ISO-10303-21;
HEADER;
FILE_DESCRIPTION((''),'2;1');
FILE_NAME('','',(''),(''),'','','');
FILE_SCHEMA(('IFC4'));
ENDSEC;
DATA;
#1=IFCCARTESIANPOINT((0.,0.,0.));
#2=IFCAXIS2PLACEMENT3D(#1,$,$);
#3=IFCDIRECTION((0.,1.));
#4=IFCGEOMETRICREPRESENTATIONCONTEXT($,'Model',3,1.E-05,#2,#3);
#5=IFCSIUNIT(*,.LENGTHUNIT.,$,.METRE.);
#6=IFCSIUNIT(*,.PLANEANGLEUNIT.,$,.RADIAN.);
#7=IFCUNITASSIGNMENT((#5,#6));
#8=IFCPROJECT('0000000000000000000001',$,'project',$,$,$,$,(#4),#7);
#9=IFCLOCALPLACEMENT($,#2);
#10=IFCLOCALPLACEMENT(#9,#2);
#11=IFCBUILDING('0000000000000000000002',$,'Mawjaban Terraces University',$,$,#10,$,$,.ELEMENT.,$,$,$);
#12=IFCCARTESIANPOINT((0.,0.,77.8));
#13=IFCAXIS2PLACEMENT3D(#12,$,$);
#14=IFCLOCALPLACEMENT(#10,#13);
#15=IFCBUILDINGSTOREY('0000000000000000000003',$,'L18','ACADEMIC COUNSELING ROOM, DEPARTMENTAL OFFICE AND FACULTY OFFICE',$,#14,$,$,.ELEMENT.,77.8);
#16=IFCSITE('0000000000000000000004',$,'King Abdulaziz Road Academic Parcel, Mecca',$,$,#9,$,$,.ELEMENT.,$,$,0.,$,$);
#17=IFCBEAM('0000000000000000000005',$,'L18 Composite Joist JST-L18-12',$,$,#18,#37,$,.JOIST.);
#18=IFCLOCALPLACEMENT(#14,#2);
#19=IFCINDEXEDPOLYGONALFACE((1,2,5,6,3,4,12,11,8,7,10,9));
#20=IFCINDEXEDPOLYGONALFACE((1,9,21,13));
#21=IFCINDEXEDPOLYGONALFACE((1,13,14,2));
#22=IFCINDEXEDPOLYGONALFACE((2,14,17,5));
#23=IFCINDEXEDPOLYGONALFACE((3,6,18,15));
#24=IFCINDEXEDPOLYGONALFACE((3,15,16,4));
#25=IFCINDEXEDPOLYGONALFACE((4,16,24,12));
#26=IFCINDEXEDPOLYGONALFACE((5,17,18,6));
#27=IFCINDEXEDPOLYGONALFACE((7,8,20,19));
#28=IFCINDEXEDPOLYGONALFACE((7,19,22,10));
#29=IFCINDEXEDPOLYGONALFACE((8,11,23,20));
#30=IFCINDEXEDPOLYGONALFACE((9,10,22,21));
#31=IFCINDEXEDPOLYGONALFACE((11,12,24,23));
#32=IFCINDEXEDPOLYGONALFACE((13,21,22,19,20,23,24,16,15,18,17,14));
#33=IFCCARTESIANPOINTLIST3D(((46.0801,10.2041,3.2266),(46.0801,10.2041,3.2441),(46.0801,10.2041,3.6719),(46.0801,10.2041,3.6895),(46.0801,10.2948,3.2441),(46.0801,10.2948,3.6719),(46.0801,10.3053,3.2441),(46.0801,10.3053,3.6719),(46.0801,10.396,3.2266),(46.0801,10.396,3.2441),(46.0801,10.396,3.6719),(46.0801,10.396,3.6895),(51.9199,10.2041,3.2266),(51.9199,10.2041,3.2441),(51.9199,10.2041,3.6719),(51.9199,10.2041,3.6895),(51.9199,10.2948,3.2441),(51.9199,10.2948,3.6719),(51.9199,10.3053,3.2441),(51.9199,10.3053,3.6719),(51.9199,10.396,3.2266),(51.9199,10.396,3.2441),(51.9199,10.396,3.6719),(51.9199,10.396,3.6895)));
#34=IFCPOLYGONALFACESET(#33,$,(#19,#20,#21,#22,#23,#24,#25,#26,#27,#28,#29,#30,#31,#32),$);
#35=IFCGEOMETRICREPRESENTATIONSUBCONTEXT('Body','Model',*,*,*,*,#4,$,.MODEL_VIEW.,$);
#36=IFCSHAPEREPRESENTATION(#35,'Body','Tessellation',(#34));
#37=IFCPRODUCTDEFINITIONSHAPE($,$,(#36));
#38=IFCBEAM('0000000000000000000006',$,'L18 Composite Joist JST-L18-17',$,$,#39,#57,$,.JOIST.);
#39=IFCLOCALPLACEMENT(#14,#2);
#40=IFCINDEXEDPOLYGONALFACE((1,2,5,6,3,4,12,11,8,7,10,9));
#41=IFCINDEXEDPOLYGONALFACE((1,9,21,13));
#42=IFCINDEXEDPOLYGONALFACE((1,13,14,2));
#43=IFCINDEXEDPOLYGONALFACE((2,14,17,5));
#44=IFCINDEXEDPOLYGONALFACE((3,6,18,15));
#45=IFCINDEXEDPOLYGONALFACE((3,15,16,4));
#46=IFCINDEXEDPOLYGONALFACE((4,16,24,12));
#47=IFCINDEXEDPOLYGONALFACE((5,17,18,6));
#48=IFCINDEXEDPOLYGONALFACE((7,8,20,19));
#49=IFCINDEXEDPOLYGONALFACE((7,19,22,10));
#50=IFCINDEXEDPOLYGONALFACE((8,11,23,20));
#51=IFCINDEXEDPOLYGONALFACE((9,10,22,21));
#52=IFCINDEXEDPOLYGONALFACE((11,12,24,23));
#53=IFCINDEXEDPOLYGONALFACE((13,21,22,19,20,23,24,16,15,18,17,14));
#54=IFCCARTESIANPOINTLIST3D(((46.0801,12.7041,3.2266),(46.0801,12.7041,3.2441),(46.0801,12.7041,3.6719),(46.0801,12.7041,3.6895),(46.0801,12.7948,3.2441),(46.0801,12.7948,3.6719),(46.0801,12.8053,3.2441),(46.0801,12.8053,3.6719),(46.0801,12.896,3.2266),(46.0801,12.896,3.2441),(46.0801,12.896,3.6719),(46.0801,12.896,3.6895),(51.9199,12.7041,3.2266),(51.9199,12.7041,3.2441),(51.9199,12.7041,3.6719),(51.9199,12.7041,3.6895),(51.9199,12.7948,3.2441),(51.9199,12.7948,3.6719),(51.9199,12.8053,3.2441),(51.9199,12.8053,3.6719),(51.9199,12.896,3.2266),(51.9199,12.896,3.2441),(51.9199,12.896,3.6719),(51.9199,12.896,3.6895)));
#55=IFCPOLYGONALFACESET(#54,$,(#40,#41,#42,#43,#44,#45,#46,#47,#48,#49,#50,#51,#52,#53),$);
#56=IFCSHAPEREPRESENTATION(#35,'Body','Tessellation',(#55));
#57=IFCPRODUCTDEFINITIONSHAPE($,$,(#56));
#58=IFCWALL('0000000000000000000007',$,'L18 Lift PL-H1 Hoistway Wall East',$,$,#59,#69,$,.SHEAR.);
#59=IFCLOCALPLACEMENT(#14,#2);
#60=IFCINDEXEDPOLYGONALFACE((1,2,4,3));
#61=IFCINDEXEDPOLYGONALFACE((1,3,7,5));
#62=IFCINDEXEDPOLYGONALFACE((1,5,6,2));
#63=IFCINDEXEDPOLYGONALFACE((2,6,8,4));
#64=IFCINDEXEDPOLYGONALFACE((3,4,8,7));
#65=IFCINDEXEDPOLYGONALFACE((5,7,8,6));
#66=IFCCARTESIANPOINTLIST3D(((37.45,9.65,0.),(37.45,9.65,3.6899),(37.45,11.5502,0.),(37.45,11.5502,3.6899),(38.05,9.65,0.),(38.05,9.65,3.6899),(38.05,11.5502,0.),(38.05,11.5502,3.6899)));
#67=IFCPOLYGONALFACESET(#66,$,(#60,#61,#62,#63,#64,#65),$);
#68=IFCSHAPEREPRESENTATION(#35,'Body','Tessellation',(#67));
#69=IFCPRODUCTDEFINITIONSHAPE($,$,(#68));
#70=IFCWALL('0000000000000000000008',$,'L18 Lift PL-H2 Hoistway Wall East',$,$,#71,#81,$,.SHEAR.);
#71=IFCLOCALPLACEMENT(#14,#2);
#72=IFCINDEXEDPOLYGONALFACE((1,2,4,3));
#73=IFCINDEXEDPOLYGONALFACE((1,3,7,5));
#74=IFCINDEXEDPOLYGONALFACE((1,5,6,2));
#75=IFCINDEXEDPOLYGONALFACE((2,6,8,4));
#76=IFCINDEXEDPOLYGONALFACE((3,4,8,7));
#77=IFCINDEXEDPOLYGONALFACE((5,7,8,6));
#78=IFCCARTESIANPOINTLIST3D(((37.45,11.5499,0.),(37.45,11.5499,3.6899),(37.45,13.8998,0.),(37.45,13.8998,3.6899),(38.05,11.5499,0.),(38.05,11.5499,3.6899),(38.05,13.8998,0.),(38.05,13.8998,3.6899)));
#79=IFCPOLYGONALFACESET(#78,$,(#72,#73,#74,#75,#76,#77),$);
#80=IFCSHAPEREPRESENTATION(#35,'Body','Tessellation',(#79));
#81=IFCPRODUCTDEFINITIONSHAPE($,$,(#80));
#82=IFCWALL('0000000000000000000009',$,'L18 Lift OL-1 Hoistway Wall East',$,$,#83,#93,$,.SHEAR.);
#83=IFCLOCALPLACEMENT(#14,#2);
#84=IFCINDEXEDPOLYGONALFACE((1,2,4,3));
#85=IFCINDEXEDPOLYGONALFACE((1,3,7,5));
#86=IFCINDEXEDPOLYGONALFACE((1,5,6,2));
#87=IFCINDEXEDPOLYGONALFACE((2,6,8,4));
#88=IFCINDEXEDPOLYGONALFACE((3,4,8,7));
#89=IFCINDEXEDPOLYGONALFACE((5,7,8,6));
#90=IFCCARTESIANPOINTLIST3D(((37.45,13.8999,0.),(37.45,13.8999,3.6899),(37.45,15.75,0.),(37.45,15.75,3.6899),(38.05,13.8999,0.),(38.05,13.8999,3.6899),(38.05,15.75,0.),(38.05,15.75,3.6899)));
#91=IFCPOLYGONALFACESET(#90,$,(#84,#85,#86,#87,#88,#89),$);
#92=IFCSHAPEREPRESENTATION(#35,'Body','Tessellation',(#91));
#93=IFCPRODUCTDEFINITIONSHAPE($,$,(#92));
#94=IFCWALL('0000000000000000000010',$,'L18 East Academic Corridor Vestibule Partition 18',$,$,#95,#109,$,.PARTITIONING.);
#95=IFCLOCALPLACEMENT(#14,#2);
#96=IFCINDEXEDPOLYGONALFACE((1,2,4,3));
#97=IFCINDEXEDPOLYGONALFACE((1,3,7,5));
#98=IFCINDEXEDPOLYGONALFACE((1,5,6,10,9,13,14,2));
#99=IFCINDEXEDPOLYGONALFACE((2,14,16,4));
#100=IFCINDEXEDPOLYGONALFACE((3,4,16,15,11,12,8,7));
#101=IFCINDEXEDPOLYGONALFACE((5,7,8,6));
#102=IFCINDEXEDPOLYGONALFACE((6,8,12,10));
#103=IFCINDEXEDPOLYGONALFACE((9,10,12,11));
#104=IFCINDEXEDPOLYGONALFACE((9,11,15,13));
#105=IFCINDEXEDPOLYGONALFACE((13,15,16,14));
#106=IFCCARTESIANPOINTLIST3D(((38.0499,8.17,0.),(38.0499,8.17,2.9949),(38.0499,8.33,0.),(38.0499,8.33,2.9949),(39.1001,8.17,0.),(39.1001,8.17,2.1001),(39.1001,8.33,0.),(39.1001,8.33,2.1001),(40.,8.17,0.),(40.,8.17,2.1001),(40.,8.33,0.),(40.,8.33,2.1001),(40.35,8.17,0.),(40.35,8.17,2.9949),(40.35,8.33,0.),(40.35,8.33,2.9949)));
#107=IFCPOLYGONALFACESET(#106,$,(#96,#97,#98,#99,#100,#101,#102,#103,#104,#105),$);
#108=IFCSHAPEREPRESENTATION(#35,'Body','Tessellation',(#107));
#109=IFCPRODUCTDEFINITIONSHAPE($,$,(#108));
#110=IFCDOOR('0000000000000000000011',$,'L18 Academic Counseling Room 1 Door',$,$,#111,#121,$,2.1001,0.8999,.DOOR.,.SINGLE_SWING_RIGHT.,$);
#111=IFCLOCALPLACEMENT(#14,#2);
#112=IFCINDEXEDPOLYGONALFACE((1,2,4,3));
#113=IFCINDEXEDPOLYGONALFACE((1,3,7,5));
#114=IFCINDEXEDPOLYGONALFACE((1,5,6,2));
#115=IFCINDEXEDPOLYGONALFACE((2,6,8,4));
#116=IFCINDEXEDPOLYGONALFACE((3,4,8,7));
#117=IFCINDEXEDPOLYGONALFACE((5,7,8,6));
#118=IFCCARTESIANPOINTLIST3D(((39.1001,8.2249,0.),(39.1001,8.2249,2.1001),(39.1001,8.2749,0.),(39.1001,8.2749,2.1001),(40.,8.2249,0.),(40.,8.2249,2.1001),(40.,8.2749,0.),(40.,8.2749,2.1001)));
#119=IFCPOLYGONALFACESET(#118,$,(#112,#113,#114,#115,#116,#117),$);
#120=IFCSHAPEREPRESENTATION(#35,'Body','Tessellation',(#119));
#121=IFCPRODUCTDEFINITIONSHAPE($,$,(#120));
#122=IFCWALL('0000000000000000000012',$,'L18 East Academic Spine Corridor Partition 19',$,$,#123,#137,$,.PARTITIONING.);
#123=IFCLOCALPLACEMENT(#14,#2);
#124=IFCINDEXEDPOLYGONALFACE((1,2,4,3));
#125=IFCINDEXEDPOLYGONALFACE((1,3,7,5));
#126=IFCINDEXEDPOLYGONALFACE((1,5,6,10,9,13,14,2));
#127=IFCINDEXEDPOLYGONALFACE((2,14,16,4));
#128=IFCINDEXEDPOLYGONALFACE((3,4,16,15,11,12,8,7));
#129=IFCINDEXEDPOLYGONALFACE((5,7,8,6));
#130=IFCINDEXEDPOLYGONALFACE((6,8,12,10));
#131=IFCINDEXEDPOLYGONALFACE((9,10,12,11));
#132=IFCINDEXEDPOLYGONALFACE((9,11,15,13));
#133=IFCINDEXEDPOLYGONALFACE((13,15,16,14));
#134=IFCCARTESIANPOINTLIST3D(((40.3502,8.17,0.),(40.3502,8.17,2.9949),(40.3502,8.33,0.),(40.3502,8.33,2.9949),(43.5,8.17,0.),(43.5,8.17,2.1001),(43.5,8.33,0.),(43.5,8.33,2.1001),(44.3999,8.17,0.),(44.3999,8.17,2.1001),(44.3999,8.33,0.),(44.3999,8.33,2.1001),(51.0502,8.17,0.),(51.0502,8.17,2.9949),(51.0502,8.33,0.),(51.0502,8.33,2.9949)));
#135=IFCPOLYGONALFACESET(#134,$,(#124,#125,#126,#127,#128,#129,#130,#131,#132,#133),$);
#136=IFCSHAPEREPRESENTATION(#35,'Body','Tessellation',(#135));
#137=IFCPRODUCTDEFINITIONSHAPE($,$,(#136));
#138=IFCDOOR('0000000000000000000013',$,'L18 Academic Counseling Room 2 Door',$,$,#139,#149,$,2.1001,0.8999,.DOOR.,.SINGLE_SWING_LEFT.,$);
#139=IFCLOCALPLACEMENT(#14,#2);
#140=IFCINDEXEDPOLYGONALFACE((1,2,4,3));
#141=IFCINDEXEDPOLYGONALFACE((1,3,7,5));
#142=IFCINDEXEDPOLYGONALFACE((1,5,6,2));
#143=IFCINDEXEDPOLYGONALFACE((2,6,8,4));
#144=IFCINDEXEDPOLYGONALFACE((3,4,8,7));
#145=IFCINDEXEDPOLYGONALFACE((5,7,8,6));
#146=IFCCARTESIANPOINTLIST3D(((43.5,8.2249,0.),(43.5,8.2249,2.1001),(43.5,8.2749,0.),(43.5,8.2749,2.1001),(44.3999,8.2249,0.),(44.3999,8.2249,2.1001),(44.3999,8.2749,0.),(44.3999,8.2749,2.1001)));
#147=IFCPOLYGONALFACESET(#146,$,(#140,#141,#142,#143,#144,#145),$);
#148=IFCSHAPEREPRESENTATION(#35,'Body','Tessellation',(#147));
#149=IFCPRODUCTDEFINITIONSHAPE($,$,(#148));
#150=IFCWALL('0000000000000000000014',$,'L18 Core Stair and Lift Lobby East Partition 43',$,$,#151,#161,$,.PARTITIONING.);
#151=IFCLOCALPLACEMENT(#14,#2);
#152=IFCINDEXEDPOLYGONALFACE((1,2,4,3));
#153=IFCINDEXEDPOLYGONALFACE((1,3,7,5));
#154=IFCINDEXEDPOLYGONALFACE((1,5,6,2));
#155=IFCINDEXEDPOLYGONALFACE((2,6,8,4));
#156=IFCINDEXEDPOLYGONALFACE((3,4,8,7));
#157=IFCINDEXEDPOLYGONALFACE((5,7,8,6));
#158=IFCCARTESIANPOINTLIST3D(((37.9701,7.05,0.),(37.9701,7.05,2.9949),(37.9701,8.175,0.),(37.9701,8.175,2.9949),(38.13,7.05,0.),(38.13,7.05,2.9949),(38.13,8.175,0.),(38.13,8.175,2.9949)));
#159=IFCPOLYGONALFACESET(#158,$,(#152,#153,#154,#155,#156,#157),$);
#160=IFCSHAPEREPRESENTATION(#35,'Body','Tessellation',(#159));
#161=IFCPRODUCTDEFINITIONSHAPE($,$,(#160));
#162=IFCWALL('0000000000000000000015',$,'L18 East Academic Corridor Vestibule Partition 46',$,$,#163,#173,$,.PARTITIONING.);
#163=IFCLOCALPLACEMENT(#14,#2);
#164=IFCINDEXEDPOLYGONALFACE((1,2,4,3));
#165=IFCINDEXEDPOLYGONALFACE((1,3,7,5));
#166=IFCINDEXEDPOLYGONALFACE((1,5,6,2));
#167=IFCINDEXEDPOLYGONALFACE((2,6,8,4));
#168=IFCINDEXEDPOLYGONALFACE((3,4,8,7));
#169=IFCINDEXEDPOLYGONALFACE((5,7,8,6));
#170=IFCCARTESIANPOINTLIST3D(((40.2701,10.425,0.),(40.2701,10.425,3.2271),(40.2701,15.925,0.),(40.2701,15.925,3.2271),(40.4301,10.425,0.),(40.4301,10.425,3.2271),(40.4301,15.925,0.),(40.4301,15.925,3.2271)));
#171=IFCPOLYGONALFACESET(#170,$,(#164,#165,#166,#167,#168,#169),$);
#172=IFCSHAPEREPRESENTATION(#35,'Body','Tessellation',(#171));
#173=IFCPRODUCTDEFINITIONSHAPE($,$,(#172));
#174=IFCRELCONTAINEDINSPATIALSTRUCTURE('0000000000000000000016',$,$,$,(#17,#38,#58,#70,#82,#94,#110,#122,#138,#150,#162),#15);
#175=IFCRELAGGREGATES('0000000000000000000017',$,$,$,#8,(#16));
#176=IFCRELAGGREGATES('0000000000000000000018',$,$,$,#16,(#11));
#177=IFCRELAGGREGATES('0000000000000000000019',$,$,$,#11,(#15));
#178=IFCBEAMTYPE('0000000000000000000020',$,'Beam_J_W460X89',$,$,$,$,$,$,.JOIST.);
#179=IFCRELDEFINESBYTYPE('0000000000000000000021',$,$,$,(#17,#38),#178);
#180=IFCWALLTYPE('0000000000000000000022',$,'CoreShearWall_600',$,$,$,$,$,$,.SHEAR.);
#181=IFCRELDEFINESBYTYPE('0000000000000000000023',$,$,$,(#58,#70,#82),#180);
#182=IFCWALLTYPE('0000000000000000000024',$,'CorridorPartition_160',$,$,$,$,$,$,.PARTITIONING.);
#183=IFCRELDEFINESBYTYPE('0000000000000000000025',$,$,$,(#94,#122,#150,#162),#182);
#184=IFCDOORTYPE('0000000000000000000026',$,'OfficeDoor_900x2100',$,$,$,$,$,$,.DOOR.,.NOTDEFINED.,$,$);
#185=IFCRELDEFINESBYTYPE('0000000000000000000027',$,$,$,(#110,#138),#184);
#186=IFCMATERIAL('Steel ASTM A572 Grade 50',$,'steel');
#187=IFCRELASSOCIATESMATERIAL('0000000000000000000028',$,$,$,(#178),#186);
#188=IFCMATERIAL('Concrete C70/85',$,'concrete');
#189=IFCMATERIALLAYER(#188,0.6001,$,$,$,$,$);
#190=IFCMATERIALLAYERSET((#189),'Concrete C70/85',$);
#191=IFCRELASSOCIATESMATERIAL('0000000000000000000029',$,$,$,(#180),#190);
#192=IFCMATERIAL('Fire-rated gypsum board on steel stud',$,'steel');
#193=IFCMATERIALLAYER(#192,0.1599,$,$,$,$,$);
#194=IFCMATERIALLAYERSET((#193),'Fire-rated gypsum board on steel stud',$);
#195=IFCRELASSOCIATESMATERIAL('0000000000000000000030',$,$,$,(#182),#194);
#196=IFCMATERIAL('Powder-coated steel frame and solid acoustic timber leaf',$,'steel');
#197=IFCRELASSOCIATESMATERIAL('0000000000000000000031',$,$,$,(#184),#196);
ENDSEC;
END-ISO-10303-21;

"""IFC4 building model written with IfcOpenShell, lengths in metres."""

from ifc_helpers import new_model, si_unit, direction, frame, frame_2d, origin, origin_2d, place, context, subcontext, project, spatial, rectangle, i_section, extrude, material, layer, layer_set, material_profile, profile_set, type_object, element, fill, save


model = new_model("IFC4")

# Units and contexts
model_context = context("Model", 3, precision=1e-05, world=origin(), true_north=direction((0.0, 1.0)))
body_context = subcontext(model_context, "Body", "Model", "MODEL_VIEW")
ifc_project = project(units=[si_unit("LENGTHUNIT", "METRE"), si_unit("PLANEANGLEUNIT", "RADIAN")], contexts=[model_context])

# Site, building, storey
site_placement = place(None, origin())
site = spatial("IfcSite", under=ifc_project, at=site_placement, Name="King Abdulaziz Road Academic Parcel, Mecca", CompositionType="ELEMENT", RefElevation=0.0)
building_placement = place(site_placement, origin())
building = spatial("IfcBuilding", under=site, at=building_placement, Name="Mawjaban Terraces University", CompositionType="ELEMENT")
storey_placement = place(building_placement, frame((0.0, 0.0, 77.8)))
storey = spatial("IfcBuildingStorey", under=building, at=storey_placement, Name="L18", Description="ACADEMIC COUNSELING ROOM, DEPARTMENTAL OFFICE AND FACULTY OFFICE", CompositionType="ELEMENT", Elevation=77.8)

# Beams
ifc_material_1 = material(Name="Steel ASTM A572 Grade 50", Category="steel")
ifc_material_profile_1 = material_profile(ifc_material_1, i_section(OverallWidth=0.1919, OverallDepth=0.4629, WebThickness=0.0105, FlangeThickness=0.0176, at=origin_2d()), Name="W460X89")
ifc_profile_set_1 = profile_set([ifc_material_profile_1], Name="Steel ASTM A572 Grade 50")
beam_type_1 = type_object("IfcBeamType", Name="Beam_J_W460X89", PredefinedType="JOIST", material=ifc_profile_set_1)
for number, where, z_axis, x_axis, name in (
    (1, (46.0801, 10.3, 3.458), (1.0, 0.0, 0.0), (0.0, 1.0, 0.0), "L18 Composite Joist JST-L18-12"),
    (2, (46.0801, 12.8, 3.458), (1.0, 0.0, 0.0), (0.0, 1.0, 0.0), "L18 Composite Joist JST-L18-17"),
):
    element("IfcBeam", number, at=place(storey_placement, frame(where, z_axis=z_axis, x_axis=x_axis)), inside=storey, type_object=beam_type_1, Name=name, PredefinedType="JOIST", context=body_context, shape_type="SweptSolid", body=[
        extrude(i_section(OverallWidth=0.1919, OverallDepth=0.4629, WebThickness=0.0105, FlangeThickness=0.0176, at=origin_2d()), origin(), (0.0, 0.0, 1.0), 5.8398),
    ])

# Walls
ifc_material_2 = material(Name="Concrete C70/85", Category="concrete")
ifc_layer_1 = layer(ifc_material_2, 0.6001)
ifc_layer_set_1 = layer_set([ifc_layer_1], Name="Concrete C70/85")
wall_type_1 = type_object("IfcWallType", Name="CoreShearWall_600", PredefinedType="SHEAR", material=ifc_layer_set_1)
wall_1_placement = place(storey_placement, frame((37.75, 9.6499, 0.0), z_axis=(0.0, 0.0, 1.0), x_axis=(0.0, 1.0, 0.0)))
element("IfcWall", 3, at=wall_1_placement, inside=storey, type_object=wall_type_1, Name="L18 Lift PL-H1 Hoistway Wall East", PredefinedType="SHEAR", context=body_context, shape_type="SweptSolid", body=[
    extrude(rectangle(XDim=1.9001, YDim=0.6001, at=frame_2d((0.9502, 0.0))), origin(), (0.0, 0.0, 1.0), 3.6899),
])
wall_2_placement = place(storey_placement, frame((37.75, 11.55, 0.0), z_axis=(0.0, 0.0, 1.0), x_axis=(0.0, 1.0, 0.0)))
element("IfcWall", 4, at=wall_2_placement, inside=storey, type_object=wall_type_1, Name="L18 Lift PL-H2 Hoistway Wall East", PredefinedType="SHEAR", context=body_context, shape_type="SweptSolid", body=[
    extrude(rectangle(XDim=2.3499, YDim=0.6001, at=frame_2d((1.1748, 0.0))), origin(), (0.0, 0.0, 1.0), 3.6899),
])
wall_3_placement = place(storey_placement, frame((37.75, 13.8999, 0.0), z_axis=(0.0, 0.0, 1.0), x_axis=(0.0, 1.0, 0.0)))
element("IfcWall", 5, at=wall_3_placement, inside=storey, type_object=wall_type_1, Name="L18 Lift OL-1 Hoistway Wall East", PredefinedType="SHEAR", context=body_context, shape_type="SweptSolid", body=[
    extrude(rectangle(XDim=1.8501, YDim=0.6001, at=frame_2d((0.925, 0.0))), origin(), (0.0, 0.0, 1.0), 3.6899),
])

# Walls, openings, doors
ifc_material_3 = material(Name="Fire-rated gypsum board on steel stud", Category="steel")
ifc_layer_2 = layer(ifc_material_3, 0.1599)
ifc_layer_set_2 = layer_set([ifc_layer_2], Name="Fire-rated gypsum board on steel stud")
wall_type_2 = type_object("IfcWallType", Name="CorridorPartition_160", PredefinedType="PARTITIONING", material=ifc_layer_set_2)
wall_4_placement = place(storey_placement, frame((38.05, 8.25, 0.0), z_axis=(0.0, 0.0, 1.0), x_axis=(1.0, 0.0, 0.0)))
wall_4 = element("IfcWall", 6, at=wall_4_placement, inside=storey, type_object=wall_type_2, Name="L18 East Academic Corridor Vestibule Partition 18", PredefinedType="PARTITIONING", context=body_context, shape_type="SweptSolid", body=[
    extrude(rectangle(XDim=2.3, YDim=0.1599, at=frame_2d((1.1499, 0.0))), origin(), (0.0, 0.0, 1.0), 2.9949),
])
opening_1_placement = place(wall_4_placement, frame((1.05, 0.0, 0.0)))
opening_1 = element("IfcOpeningElement", 7, at=opening_1_placement, cuts=wall_4, PredefinedType="OPENING", context=body_context, shape_type="SweptSolid", body=[
    extrude(rectangle(XDim=0.8999, YDim=2.1001, at=frame_2d((0.45, 1.05))), frame((0.0, 0.0898, 0.0), z_axis=(0.0, -1.0, 0.0), x_axis=(1.0, 0.0, 0.0)), (0.0, 0.0, 1.0), 0.1799),
])
ifc_material_4 = material(Name="Powder-coated steel frame and solid acoustic timber leaf", Category="steel")
door_type = type_object("IfcDoorType", Name="OfficeDoor_900x2100", OperationType="NOTDEFINED", PredefinedType="DOOR", material=ifc_material_4)
door_1_placement = place(opening_1_placement, origin())
door_1 = element("IfcDoor", 8, at=door_1_placement, inside=storey, type_object=door_type, Name="L18 Academic Counseling Room 1 Door", OperationType="SINGLE_SWING_RIGHT", OverallHeight=2.1001, OverallWidth=0.8999, PredefinedType="DOOR", context=body_context, shape_type="SweptSolid", body=[
    extrude(rectangle(XDim=0.8999, YDim=2.1001, at=frame_2d((0.45, 1.05))), frame((0.0, 0.0249, 0.0), z_axis=(0.0, -1.0, 0.0), x_axis=(1.0, 0.0, 0.0)), (0.0, 0.0, 1.0), 0.05),
])
fill(opening_1, door_1)
wall_5_placement = place(storey_placement, frame((40.3501, 8.25, 0.0), z_axis=(0.0, 0.0, 1.0), x_axis=(1.0, 0.0, 0.0)))
wall_5 = element("IfcWall", 9, at=wall_5_placement, inside=storey, type_object=wall_type_2, Name="L18 East Academic Spine Corridor Partition 19", PredefinedType="PARTITIONING", context=body_context, shape_type="SweptSolid", body=[
    extrude(rectangle(XDim=10.7, YDim=0.1599, at=frame_2d((5.3501, 0.0))), origin(), (0.0, 0.0, 1.0), 2.9949),
])
opening_2_placement = place(wall_5_placement, frame((3.1499, 0.0, 0.0)))
opening_2 = element("IfcOpeningElement", 10, at=opening_2_placement, cuts=wall_5, PredefinedType="OPENING", context=body_context, shape_type="SweptSolid", body=[
    extrude(rectangle(XDim=0.8999, YDim=2.1001, at=frame_2d((0.45, 1.05))), frame((0.0, 0.0898, 0.0), z_axis=(0.0, -1.0, 0.0), x_axis=(1.0, 0.0, 0.0)), (0.0, 0.0, 1.0), 0.1799),
])
door_2_placement = place(opening_2_placement, origin())
door_2 = element("IfcDoor", 11, at=door_2_placement, inside=storey, type_object=door_type, Name="L18 Academic Counseling Room 2 Door", OperationType="SINGLE_SWING_LEFT", OverallHeight=2.1001, OverallWidth=0.8999, PredefinedType="DOOR", context=body_context, shape_type="SweptSolid", body=[
    extrude(rectangle(XDim=0.8999, YDim=2.1001, at=frame_2d((0.45, 1.05))), frame((0.0, 0.0249, 0.0), z_axis=(0.0, -1.0, 0.0), x_axis=(1.0, 0.0, 0.0)), (0.0, 0.0, 1.0), 0.05),
])
fill(opening_2, door_2)

# Walls
wall_6_placement = place(storey_placement, frame((38.05, 7.05, 0.0), z_axis=(0.0, 0.0, 1.0), x_axis=(0.0, 1.0, 0.0)))
element("IfcWall", 12, at=wall_6_placement, inside=storey, type_object=wall_type_2, Name="L18 Core Stair and Lift Lobby East Partition 43", PredefinedType="PARTITIONING", context=body_context, shape_type="SweptSolid", body=[
    extrude(rectangle(XDim=1.125, YDim=0.1599, at=frame_2d((0.5625, 0.0))), origin(), (0.0, 0.0, 1.0), 2.9949),
])
wall_7_placement = place(storey_placement, frame((40.3501, 10.425, 0.0), z_axis=(0.0, 0.0, 1.0), x_axis=(0.0, 1.0, 0.0)))
element("IfcWall", 13, at=wall_7_placement, inside=storey, type_object=wall_type_2, Name="L18 East Academic Corridor Vestibule Partition 46", PredefinedType="PARTITIONING", context=body_context, shape_type="SweptSolid", body=[
    extrude(rectangle(XDim=5.5, YDim=0.1599, at=frame_2d((2.75, 0.0))), origin(), (0.0, 0.0, 1.0), 3.2271),
])

save(model, "model.ifc")
